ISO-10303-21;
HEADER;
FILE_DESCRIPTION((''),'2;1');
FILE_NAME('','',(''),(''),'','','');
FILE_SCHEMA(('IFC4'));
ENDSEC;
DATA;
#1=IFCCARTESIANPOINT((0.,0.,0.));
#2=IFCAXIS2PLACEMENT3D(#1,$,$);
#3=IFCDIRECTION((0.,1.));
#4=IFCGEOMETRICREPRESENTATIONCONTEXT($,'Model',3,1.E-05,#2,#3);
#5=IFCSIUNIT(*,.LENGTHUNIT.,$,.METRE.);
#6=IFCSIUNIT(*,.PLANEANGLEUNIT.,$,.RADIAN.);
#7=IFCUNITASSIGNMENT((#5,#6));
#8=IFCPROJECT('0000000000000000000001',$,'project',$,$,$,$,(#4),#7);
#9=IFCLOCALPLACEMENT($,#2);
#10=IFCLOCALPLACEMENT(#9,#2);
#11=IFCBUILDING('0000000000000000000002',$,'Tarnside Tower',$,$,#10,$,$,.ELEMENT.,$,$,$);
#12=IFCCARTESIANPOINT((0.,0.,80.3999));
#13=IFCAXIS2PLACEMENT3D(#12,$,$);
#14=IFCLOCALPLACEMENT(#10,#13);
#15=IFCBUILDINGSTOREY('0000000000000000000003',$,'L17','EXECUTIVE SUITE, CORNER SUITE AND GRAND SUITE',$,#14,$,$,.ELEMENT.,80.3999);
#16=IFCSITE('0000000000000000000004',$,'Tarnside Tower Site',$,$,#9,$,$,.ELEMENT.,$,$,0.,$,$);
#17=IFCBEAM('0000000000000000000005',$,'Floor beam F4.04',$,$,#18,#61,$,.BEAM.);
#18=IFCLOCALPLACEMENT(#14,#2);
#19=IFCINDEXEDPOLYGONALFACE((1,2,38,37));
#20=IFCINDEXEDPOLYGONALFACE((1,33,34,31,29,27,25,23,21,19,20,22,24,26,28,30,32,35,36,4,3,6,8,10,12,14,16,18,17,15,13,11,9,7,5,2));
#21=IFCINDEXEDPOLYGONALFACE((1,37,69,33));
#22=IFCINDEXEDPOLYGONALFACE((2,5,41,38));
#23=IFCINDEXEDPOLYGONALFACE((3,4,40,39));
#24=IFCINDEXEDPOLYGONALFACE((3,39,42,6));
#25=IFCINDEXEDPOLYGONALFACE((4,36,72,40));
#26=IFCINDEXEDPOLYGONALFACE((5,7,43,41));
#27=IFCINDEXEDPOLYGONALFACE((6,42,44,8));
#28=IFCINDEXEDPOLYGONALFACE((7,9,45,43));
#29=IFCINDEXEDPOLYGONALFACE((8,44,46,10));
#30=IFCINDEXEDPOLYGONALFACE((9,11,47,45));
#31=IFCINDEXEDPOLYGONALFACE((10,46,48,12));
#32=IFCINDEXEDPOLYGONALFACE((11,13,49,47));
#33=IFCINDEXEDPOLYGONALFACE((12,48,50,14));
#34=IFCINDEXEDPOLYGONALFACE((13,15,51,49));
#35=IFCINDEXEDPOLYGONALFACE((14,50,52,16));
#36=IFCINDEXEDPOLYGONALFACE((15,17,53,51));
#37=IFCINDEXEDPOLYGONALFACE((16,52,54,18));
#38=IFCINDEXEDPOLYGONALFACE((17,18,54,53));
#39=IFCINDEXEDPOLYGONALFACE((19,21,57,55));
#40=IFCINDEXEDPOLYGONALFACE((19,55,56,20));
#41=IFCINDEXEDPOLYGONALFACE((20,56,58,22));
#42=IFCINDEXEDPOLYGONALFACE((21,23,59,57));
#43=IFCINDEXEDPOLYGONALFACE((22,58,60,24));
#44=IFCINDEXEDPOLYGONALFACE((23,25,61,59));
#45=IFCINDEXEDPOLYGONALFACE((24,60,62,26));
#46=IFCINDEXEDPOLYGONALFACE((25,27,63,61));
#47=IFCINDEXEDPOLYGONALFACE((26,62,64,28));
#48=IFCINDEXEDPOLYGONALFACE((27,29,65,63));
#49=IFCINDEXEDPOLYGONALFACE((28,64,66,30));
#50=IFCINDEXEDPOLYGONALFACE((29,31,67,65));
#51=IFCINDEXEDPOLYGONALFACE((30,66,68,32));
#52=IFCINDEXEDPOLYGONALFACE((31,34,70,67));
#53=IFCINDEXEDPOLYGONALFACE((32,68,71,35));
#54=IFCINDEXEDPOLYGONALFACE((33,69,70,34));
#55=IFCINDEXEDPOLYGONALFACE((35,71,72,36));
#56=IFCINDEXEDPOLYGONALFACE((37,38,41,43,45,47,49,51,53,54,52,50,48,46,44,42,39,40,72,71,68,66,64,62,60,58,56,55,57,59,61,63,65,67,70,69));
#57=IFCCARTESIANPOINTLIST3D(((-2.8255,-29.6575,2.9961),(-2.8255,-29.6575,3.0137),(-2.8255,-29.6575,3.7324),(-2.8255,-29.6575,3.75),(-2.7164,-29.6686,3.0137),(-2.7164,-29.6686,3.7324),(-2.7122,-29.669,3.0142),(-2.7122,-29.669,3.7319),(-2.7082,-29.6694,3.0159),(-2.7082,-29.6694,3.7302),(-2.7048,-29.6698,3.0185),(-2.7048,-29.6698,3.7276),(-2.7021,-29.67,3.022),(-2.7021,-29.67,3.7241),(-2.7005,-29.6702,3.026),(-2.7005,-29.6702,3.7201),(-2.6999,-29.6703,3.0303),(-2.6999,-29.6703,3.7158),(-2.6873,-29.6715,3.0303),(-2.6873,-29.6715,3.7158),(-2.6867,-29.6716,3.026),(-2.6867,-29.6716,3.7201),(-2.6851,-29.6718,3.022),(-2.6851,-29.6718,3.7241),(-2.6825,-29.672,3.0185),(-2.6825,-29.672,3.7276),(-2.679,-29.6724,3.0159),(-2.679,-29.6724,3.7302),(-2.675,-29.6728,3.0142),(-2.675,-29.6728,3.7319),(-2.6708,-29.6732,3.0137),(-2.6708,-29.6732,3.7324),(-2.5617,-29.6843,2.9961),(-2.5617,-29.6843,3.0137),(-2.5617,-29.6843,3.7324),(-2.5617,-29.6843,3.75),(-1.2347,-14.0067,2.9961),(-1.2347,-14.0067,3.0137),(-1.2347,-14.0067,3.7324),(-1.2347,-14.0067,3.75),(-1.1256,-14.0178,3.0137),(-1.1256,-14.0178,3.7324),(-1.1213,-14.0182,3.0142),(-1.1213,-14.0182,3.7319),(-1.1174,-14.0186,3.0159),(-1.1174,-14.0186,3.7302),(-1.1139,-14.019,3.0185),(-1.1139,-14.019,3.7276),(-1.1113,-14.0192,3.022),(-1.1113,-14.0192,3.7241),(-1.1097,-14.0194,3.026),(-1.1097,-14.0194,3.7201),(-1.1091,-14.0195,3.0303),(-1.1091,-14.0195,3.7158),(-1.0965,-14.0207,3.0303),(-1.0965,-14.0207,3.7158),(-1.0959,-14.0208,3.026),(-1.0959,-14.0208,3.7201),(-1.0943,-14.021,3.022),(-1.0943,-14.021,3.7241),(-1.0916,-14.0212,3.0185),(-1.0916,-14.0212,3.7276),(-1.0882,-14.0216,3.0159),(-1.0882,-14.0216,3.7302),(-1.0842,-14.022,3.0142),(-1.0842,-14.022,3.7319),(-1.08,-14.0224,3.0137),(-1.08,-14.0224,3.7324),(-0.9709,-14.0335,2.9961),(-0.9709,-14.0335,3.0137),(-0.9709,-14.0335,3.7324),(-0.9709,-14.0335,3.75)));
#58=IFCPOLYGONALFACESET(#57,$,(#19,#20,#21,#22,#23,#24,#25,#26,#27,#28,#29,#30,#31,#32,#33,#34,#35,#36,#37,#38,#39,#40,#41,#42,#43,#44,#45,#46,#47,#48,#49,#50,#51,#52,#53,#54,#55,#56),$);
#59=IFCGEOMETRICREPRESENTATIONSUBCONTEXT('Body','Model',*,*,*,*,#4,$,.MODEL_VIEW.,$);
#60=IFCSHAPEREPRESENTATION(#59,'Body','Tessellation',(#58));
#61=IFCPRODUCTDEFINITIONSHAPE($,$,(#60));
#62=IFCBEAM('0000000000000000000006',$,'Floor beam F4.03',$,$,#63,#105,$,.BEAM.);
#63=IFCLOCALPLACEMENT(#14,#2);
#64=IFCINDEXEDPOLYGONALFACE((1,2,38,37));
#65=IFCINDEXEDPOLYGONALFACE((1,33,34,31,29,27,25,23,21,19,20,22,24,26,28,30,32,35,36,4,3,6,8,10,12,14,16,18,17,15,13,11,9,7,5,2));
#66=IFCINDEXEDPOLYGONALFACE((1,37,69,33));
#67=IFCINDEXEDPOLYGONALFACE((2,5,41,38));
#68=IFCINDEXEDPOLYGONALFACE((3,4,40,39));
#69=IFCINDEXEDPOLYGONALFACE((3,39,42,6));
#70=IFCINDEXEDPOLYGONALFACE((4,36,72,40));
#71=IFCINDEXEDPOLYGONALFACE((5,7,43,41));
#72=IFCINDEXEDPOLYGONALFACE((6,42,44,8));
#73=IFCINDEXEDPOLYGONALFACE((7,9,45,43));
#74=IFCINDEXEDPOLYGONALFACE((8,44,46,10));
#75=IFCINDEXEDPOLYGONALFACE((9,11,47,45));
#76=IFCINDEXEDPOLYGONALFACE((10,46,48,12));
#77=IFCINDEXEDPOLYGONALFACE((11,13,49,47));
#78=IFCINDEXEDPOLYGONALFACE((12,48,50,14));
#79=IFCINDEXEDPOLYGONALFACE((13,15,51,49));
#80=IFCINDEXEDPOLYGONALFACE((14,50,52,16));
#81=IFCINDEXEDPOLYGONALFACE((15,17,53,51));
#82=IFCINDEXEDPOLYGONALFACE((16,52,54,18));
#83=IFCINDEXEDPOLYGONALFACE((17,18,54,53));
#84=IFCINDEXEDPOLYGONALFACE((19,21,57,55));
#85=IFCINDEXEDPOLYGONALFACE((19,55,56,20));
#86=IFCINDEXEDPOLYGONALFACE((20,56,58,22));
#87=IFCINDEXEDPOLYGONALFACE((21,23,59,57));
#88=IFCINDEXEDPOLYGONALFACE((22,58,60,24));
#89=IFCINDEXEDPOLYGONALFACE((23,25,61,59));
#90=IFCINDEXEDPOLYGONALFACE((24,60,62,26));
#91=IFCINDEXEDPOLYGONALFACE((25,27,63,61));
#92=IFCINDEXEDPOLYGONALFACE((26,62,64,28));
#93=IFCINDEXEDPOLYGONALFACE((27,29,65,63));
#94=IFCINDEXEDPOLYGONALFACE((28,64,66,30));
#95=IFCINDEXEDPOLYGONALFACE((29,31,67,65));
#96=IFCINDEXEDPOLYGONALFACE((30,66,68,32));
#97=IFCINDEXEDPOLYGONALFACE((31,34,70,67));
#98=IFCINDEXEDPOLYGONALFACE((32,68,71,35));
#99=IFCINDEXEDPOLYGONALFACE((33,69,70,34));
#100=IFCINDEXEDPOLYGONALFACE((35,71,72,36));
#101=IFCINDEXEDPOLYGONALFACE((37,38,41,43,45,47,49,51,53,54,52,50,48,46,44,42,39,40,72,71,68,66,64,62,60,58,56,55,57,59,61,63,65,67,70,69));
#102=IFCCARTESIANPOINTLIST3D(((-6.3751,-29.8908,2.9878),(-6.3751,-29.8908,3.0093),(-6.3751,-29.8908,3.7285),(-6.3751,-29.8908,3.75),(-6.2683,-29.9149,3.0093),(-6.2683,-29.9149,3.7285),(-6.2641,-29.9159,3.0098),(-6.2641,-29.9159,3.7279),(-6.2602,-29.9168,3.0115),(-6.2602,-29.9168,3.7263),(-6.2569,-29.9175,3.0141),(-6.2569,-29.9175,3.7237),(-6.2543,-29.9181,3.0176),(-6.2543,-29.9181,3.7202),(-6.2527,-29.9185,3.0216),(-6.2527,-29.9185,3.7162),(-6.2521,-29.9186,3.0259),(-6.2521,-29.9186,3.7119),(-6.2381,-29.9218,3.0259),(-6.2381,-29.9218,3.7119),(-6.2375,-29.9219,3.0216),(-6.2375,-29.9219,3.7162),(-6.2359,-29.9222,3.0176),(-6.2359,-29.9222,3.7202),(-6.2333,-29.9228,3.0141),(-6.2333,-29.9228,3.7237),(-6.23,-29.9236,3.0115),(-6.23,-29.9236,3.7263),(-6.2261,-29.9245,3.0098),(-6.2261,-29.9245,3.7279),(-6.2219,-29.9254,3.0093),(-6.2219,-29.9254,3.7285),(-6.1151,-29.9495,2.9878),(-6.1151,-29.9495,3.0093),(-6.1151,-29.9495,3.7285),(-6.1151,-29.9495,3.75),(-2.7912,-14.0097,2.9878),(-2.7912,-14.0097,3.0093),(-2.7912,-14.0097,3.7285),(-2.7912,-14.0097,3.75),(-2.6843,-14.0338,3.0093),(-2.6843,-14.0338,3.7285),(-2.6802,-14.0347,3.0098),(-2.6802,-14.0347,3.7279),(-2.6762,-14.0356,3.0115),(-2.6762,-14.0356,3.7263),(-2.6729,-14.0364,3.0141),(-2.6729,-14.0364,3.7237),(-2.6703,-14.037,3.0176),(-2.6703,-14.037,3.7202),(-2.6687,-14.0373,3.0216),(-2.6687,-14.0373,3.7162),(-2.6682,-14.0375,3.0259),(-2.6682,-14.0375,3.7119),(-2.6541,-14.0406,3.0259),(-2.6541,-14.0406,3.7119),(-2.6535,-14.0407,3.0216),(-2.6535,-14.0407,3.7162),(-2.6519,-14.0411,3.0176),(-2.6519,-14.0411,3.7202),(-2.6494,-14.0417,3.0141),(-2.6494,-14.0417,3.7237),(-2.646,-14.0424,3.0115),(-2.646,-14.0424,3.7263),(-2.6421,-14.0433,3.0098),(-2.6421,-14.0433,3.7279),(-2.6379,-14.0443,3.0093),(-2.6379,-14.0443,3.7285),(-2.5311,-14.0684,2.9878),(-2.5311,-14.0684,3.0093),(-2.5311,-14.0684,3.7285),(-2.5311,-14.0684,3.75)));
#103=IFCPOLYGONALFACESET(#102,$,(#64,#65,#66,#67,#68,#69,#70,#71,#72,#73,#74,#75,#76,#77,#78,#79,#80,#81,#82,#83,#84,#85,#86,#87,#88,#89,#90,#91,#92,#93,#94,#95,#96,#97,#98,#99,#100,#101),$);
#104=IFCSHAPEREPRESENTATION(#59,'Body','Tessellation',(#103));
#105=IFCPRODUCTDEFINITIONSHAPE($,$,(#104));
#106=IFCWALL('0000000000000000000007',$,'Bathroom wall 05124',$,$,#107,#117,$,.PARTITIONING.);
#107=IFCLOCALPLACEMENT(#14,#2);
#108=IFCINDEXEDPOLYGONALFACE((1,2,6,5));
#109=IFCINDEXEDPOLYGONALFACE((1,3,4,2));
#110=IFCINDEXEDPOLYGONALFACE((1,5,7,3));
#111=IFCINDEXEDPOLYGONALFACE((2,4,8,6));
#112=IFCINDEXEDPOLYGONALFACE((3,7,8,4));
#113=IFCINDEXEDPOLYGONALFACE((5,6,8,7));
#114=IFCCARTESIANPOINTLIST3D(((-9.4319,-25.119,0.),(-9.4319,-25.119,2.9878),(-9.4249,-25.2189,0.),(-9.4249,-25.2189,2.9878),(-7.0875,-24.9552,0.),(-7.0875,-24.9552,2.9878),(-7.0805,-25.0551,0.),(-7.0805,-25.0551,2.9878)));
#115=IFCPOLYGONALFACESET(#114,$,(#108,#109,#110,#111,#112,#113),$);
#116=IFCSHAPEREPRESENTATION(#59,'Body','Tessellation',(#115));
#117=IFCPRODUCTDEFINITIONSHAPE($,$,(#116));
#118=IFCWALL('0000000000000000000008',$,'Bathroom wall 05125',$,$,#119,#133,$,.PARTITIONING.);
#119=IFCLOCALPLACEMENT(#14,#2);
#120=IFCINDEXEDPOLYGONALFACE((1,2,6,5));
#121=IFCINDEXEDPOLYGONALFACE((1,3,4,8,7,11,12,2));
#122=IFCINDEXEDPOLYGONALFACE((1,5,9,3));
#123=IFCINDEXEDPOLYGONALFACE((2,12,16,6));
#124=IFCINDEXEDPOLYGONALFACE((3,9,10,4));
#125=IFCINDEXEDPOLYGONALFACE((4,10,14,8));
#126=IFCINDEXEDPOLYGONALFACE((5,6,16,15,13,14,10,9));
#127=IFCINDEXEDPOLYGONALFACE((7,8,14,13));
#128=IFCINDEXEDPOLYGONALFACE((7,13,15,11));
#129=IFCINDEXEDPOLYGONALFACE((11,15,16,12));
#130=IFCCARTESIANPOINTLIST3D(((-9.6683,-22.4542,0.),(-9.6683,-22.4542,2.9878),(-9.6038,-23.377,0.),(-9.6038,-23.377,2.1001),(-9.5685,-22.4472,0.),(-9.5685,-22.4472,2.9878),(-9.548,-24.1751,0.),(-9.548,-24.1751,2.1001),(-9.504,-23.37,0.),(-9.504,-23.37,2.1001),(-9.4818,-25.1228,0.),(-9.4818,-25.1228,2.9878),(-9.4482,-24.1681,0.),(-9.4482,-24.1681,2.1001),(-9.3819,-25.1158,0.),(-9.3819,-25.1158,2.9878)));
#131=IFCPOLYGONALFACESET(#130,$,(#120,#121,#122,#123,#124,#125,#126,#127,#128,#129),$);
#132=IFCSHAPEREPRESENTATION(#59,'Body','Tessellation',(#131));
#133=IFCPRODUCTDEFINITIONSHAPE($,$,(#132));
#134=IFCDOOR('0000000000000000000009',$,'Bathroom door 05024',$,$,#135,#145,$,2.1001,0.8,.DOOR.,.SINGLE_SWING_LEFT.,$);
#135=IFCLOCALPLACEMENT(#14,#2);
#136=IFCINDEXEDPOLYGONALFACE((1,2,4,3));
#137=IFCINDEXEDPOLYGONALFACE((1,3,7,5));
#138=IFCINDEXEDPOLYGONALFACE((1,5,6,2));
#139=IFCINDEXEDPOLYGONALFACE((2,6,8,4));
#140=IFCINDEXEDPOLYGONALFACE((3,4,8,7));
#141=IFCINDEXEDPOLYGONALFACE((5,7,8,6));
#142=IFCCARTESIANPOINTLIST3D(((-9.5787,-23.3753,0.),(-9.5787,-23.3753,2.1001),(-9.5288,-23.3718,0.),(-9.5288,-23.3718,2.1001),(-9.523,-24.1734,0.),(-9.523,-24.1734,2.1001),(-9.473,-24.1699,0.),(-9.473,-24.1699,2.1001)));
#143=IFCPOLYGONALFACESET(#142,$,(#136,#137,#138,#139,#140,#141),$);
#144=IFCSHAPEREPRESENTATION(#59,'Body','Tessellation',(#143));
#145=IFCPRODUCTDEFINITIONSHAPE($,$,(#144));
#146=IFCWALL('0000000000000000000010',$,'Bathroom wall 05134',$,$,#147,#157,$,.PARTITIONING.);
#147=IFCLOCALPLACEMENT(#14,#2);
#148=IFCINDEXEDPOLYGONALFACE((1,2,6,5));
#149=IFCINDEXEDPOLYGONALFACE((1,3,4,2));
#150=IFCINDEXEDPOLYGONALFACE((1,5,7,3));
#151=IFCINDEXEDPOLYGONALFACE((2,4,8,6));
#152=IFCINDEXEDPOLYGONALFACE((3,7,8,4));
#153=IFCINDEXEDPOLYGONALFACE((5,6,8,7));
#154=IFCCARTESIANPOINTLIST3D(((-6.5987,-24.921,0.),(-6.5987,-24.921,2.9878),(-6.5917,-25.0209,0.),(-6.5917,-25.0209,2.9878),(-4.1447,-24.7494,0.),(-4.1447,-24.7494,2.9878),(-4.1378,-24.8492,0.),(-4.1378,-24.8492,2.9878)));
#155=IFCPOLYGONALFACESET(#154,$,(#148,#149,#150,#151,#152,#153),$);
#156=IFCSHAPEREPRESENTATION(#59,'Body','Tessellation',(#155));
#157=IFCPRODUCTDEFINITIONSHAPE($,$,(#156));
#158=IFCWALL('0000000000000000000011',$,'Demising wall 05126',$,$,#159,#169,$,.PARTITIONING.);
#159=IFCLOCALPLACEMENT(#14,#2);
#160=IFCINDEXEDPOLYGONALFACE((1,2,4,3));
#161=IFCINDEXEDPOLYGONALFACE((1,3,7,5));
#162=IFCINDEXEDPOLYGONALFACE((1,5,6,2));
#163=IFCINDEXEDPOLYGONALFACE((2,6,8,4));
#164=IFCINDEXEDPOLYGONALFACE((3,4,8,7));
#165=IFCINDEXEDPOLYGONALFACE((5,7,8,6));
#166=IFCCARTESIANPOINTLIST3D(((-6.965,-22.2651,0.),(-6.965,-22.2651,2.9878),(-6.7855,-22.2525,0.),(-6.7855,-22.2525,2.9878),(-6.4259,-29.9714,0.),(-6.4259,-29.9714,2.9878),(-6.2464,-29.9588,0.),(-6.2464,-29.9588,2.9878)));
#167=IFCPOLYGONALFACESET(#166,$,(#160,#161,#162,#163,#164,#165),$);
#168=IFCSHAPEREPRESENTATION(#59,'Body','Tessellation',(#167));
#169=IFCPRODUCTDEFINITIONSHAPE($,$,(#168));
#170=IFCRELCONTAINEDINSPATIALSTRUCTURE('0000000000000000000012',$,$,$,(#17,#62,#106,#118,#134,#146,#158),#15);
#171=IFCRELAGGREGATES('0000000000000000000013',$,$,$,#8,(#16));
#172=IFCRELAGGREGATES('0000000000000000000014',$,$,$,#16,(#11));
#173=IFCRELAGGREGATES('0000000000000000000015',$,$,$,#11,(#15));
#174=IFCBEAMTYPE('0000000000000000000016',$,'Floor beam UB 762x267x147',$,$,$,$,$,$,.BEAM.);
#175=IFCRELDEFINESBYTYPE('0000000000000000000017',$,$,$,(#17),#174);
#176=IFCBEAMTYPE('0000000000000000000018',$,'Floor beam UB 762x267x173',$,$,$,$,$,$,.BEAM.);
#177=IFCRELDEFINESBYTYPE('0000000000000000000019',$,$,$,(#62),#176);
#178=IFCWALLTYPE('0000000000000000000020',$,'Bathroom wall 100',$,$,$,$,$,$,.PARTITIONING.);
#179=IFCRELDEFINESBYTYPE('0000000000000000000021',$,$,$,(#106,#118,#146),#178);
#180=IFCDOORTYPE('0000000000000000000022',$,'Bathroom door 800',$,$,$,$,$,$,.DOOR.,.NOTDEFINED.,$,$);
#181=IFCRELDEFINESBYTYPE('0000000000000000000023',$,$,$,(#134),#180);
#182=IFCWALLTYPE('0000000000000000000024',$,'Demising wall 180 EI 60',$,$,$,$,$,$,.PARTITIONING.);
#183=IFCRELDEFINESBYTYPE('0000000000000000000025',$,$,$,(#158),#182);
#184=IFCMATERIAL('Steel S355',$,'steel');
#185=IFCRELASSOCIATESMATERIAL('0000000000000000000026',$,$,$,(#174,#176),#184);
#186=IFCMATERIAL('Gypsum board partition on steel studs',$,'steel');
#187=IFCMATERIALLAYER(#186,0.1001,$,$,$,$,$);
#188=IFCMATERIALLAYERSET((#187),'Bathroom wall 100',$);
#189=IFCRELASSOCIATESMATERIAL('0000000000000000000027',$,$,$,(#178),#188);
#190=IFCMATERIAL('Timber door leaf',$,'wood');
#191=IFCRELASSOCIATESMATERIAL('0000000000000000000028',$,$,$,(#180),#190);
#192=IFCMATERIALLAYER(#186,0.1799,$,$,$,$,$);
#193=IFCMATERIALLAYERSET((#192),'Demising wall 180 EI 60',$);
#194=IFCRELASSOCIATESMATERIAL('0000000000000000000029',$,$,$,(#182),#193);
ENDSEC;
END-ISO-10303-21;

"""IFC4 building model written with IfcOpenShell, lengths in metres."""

from ifc_helpers import new_model, si_unit, direction, frame, frame_2d, origin, origin_2d, place, context, subcontext, project, spatial, rectangle, i_section, extrude, material, layer, layer_set, material_profile, profile_set, type_object, element, fill, save


model = new_model("IFC4")

# Units and contexts
model_context = context("Model", 3, precision=1e-05, world=origin(), true_north=direction((0.0, 1.0)))
body_context = subcontext(model_context, "Body", "Model", "MODEL_VIEW")
ifc_project = project(units=[si_unit("LENGTHUNIT", "METRE"), si_unit("PLANEANGLEUNIT", "RADIAN")], contexts=[model_context])

# Site, building, storey
site_placement = place(None, origin())
site = spatial("IfcSite", under=ifc_project, at=site_placement, Name="Tarnside Tower Site", CompositionType="ELEMENT", RefElevation=0.0)
building_placement = place(site_placement, origin())
building = spatial("IfcBuilding", under=site, at=building_placement, Name="Tarnside Tower", CompositionType="ELEMENT")
storey_placement = place(building_placement, frame((0.0, 0.0, 80.3999)))
storey = spatial("IfcBuildingStorey", under=building, at=storey_placement, Name="L17", Description="EXECUTIVE SUITE, CORNER SUITE AND GRAND SUITE", CompositionType="ELEMENT", Elevation=80.3999)

# Beams
ifc_material_1 = material(Name="Steel S355", Category="steel")
ifc_material_profile_1 = material_profile(ifc_material_1, i_section(OverallWidth=0.2651, OverallDepth=0.7539, WebThickness=0.0127, FlangeThickness=0.0176, FilletRadius=0.0166, at=origin_2d()), Name="UB 762x267x147")
ifc_profile_set_1 = profile_set([ifc_material_profile_1], Name="Steel S355")
beam_type_1 = type_object("IfcBeamType", Name="Floor beam UB 762x267x147", PredefinedType="BEAM", material=ifc_profile_set_1)
beam_1_placement = place(storey_placement, frame((-2.6936, -29.6709, 3.373), z_axis=(0.101123, 0.994874, 0.0), x_axis=(-0.994874, 0.101123, 0.0)))
element("IfcBeam", 1, at=beam_1_placement, inside=storey, type_object=beam_type_1, Name="Floor beam F4.04", PredefinedType="BEAM", context=body_context, shape_type="SweptSolid", body=[
    extrude(i_section(OverallWidth=0.2651, OverallDepth=0.7539, WebThickness=0.0127, FlangeThickness=0.0176, FilletRadius=0.0166, at=origin_2d()), origin(), (0.0, 0.0, 1.0), 15.7314),
])
ifc_material_profile_2 = material_profile(ifc_material_1, i_section(OverallWidth=0.2666, OverallDepth=0.7622, WebThickness=0.0144, FlangeThickness=0.0215, FilletRadius=0.0166, at=origin_2d()), Name="UB 762x267x173")
ifc_profile_set_2 = profile_set([ifc_material_profile_2], Name="Steel S355")
beam_type_2 = type_object("IfcBeamType", Name="Floor beam UB 762x267x173", PredefinedType="BEAM", material=ifc_profile_set_2)
beam_2_placement = place(storey_placement, frame((-6.2451, -29.9202, 3.3689), z_axis=(0.22014, 0.975468, 0.0), x_axis=(-0.975468, 0.22014, 0.0)))
element("IfcBeam", 2, at=beam_2_placement, inside=storey, type_object=beam_type_2, Name="Floor beam F4.03", PredefinedType="BEAM", context=body_context, shape_type="SweptSolid", body=[
    extrude(i_section(OverallWidth=0.2666, OverallDepth=0.7622, WebThickness=0.0144, FlangeThickness=0.0215, FilletRadius=0.0166, at=origin_2d()), origin(), (0.0, 0.0, 1.0), 16.2805),
])

# Wall
ifc_material_2 = material(Name="Gypsum board partition on steel studs", Category="steel")
ifc_layer_1 = layer(ifc_material_2, 0.1001)
ifc_layer_set_1 = layer_set([ifc_layer_1], Name="Bathroom wall 100")
wall_type_1 = type_object("IfcWallType", Name="Bathroom wall 100", PredefinedType="PARTITIONING", material=ifc_layer_set_1)
wall_1_placement = place(storey_placement, frame((-7.084, -25.0051, 0.0), z_axis=(0.0, 0.0, 1.0), x_axis=(-0.997568, -0.069704, 0.0)))
element("IfcWall", 3, at=wall_1_placement, inside=storey, type_object=wall_type_1, Name="Bathroom wall 05124", PredefinedType="PARTITIONING", context=body_context, shape_type="SweptSolid", body=[
    extrude(rectangle(XDim=2.3501, YDim=0.1001, at=frame_2d((1.175, 0.0))), origin(), (0.0, 0.0, 1.0), 2.9878),
])

# Wall, opening, door
wall_2_placement = place(storey_placement, frame((-9.4319, -25.1191, 0.0), z_axis=(0.0, 0.0, 1.0), x_axis=(-0.069729, 0.997566, 0.0)))
wall_2 = element("IfcWall", 4, at=wall_2_placement, inside=storey, type_object=wall_type_1, Name="Bathroom wall 05125", PredefinedType="PARTITIONING", context=body_context, shape_type="SweptSolid", body=[
    extrude(rectangle(XDim=2.675, YDim=0.1001, at=frame_2d((1.3374, 0.0))), origin(), (0.0, 0.0, 1.0), 2.9878),
])
opening_1_placement = place(wall_2_placement, frame((0.95, 0.0, 0.0)))
opening_1 = element("IfcOpeningElement", 5, at=opening_1_placement, cuts=wall_2, PredefinedType="OPENING", context=body_context, shape_type="SweptSolid", body=[
    extrude(rectangle(XDim=0.8, YDim=2.1001, at=frame_2d((0.3999, 1.05))), frame((0.0, 0.0601, 0.0), z_axis=(0.0, -1.0, 0.0), x_axis=(1.0, 0.0, 0.0)), (0.0, 0.0, 1.0), 0.1201),
])
ifc_material_3 = material(Name="Timber door leaf", Category="wood")
door_type_1 = type_object("IfcDoorType", Name="Bathroom door 800", OperationType="NOTDEFINED", PredefinedType="DOOR", material=ifc_material_3)
door_1_placement = place(opening_1_placement, origin())
door_1 = element("IfcDoor", 6, at=door_1_placement, inside=storey, type_object=door_type_1, Name="Bathroom door 05024", OperationType="SINGLE_SWING_LEFT", OverallHeight=2.1001, OverallWidth=0.8, PredefinedType="DOOR", context=body_context, shape_type="SweptSolid", body=[
    extrude(rectangle(XDim=0.8, YDim=2.1001, at=frame_2d((0.3999, 1.05))), frame((0.0, 0.0249, 0.0), z_axis=(0.0, -1.0, 0.0), x_axis=(1.0, 0.0, 0.0)), (0.0, 0.0, 1.0), 0.05),
])
fill(opening_1, door_1)

# Walls
wall_3_placement = place(storey_placement, frame((-6.5952, -24.9709, 0.0), z_axis=(0.0, 0.0, 1.0), x_axis=(0.997563, 0.069773, 0.0)))
element("IfcWall", 7, at=wall_3_placement, inside=storey, type_object=wall_type_1, Name="Bathroom wall 05134", PredefinedType="PARTITIONING", context=body_context, shape_type="SweptSolid", body=[
    extrude(rectangle(XDim=2.46, YDim=0.1001, at=frame_2d((1.23, 0.0))), origin(), (0.0, 0.0, 1.0), 2.9878),
])
ifc_layer_2 = layer(ifc_material_2, 0.1799)
ifc_layer_set_2 = layer_set([ifc_layer_2], Name="Demising wall 180 EI 60")
wall_type_2 = type_object("IfcWallType", Name="Demising wall 180 EI 60", PredefinedType="PARTITIONING", material=ifc_layer_set_2)
wall_4_placement = place(storey_placement, frame((-6.3362, -29.9651, 0.0), z_axis=(0.0, 0.0, 1.0), x_axis=(-0.06978, 0.997562, 0.0)))
element("IfcWall", 8, at=wall_4_placement, inside=storey, type_object=wall_type_2, Name="Demising wall 05126", PredefinedType="PARTITIONING", context=body_context, shape_type="SweptSolid", body=[
    extrude(rectangle(XDim=7.7251, YDim=0.1799, at=frame_2d((3.8625, 0.0))), origin(), (0.0, 0.0, 1.0), 2.9878),
])

save(model, "model.ifc")
